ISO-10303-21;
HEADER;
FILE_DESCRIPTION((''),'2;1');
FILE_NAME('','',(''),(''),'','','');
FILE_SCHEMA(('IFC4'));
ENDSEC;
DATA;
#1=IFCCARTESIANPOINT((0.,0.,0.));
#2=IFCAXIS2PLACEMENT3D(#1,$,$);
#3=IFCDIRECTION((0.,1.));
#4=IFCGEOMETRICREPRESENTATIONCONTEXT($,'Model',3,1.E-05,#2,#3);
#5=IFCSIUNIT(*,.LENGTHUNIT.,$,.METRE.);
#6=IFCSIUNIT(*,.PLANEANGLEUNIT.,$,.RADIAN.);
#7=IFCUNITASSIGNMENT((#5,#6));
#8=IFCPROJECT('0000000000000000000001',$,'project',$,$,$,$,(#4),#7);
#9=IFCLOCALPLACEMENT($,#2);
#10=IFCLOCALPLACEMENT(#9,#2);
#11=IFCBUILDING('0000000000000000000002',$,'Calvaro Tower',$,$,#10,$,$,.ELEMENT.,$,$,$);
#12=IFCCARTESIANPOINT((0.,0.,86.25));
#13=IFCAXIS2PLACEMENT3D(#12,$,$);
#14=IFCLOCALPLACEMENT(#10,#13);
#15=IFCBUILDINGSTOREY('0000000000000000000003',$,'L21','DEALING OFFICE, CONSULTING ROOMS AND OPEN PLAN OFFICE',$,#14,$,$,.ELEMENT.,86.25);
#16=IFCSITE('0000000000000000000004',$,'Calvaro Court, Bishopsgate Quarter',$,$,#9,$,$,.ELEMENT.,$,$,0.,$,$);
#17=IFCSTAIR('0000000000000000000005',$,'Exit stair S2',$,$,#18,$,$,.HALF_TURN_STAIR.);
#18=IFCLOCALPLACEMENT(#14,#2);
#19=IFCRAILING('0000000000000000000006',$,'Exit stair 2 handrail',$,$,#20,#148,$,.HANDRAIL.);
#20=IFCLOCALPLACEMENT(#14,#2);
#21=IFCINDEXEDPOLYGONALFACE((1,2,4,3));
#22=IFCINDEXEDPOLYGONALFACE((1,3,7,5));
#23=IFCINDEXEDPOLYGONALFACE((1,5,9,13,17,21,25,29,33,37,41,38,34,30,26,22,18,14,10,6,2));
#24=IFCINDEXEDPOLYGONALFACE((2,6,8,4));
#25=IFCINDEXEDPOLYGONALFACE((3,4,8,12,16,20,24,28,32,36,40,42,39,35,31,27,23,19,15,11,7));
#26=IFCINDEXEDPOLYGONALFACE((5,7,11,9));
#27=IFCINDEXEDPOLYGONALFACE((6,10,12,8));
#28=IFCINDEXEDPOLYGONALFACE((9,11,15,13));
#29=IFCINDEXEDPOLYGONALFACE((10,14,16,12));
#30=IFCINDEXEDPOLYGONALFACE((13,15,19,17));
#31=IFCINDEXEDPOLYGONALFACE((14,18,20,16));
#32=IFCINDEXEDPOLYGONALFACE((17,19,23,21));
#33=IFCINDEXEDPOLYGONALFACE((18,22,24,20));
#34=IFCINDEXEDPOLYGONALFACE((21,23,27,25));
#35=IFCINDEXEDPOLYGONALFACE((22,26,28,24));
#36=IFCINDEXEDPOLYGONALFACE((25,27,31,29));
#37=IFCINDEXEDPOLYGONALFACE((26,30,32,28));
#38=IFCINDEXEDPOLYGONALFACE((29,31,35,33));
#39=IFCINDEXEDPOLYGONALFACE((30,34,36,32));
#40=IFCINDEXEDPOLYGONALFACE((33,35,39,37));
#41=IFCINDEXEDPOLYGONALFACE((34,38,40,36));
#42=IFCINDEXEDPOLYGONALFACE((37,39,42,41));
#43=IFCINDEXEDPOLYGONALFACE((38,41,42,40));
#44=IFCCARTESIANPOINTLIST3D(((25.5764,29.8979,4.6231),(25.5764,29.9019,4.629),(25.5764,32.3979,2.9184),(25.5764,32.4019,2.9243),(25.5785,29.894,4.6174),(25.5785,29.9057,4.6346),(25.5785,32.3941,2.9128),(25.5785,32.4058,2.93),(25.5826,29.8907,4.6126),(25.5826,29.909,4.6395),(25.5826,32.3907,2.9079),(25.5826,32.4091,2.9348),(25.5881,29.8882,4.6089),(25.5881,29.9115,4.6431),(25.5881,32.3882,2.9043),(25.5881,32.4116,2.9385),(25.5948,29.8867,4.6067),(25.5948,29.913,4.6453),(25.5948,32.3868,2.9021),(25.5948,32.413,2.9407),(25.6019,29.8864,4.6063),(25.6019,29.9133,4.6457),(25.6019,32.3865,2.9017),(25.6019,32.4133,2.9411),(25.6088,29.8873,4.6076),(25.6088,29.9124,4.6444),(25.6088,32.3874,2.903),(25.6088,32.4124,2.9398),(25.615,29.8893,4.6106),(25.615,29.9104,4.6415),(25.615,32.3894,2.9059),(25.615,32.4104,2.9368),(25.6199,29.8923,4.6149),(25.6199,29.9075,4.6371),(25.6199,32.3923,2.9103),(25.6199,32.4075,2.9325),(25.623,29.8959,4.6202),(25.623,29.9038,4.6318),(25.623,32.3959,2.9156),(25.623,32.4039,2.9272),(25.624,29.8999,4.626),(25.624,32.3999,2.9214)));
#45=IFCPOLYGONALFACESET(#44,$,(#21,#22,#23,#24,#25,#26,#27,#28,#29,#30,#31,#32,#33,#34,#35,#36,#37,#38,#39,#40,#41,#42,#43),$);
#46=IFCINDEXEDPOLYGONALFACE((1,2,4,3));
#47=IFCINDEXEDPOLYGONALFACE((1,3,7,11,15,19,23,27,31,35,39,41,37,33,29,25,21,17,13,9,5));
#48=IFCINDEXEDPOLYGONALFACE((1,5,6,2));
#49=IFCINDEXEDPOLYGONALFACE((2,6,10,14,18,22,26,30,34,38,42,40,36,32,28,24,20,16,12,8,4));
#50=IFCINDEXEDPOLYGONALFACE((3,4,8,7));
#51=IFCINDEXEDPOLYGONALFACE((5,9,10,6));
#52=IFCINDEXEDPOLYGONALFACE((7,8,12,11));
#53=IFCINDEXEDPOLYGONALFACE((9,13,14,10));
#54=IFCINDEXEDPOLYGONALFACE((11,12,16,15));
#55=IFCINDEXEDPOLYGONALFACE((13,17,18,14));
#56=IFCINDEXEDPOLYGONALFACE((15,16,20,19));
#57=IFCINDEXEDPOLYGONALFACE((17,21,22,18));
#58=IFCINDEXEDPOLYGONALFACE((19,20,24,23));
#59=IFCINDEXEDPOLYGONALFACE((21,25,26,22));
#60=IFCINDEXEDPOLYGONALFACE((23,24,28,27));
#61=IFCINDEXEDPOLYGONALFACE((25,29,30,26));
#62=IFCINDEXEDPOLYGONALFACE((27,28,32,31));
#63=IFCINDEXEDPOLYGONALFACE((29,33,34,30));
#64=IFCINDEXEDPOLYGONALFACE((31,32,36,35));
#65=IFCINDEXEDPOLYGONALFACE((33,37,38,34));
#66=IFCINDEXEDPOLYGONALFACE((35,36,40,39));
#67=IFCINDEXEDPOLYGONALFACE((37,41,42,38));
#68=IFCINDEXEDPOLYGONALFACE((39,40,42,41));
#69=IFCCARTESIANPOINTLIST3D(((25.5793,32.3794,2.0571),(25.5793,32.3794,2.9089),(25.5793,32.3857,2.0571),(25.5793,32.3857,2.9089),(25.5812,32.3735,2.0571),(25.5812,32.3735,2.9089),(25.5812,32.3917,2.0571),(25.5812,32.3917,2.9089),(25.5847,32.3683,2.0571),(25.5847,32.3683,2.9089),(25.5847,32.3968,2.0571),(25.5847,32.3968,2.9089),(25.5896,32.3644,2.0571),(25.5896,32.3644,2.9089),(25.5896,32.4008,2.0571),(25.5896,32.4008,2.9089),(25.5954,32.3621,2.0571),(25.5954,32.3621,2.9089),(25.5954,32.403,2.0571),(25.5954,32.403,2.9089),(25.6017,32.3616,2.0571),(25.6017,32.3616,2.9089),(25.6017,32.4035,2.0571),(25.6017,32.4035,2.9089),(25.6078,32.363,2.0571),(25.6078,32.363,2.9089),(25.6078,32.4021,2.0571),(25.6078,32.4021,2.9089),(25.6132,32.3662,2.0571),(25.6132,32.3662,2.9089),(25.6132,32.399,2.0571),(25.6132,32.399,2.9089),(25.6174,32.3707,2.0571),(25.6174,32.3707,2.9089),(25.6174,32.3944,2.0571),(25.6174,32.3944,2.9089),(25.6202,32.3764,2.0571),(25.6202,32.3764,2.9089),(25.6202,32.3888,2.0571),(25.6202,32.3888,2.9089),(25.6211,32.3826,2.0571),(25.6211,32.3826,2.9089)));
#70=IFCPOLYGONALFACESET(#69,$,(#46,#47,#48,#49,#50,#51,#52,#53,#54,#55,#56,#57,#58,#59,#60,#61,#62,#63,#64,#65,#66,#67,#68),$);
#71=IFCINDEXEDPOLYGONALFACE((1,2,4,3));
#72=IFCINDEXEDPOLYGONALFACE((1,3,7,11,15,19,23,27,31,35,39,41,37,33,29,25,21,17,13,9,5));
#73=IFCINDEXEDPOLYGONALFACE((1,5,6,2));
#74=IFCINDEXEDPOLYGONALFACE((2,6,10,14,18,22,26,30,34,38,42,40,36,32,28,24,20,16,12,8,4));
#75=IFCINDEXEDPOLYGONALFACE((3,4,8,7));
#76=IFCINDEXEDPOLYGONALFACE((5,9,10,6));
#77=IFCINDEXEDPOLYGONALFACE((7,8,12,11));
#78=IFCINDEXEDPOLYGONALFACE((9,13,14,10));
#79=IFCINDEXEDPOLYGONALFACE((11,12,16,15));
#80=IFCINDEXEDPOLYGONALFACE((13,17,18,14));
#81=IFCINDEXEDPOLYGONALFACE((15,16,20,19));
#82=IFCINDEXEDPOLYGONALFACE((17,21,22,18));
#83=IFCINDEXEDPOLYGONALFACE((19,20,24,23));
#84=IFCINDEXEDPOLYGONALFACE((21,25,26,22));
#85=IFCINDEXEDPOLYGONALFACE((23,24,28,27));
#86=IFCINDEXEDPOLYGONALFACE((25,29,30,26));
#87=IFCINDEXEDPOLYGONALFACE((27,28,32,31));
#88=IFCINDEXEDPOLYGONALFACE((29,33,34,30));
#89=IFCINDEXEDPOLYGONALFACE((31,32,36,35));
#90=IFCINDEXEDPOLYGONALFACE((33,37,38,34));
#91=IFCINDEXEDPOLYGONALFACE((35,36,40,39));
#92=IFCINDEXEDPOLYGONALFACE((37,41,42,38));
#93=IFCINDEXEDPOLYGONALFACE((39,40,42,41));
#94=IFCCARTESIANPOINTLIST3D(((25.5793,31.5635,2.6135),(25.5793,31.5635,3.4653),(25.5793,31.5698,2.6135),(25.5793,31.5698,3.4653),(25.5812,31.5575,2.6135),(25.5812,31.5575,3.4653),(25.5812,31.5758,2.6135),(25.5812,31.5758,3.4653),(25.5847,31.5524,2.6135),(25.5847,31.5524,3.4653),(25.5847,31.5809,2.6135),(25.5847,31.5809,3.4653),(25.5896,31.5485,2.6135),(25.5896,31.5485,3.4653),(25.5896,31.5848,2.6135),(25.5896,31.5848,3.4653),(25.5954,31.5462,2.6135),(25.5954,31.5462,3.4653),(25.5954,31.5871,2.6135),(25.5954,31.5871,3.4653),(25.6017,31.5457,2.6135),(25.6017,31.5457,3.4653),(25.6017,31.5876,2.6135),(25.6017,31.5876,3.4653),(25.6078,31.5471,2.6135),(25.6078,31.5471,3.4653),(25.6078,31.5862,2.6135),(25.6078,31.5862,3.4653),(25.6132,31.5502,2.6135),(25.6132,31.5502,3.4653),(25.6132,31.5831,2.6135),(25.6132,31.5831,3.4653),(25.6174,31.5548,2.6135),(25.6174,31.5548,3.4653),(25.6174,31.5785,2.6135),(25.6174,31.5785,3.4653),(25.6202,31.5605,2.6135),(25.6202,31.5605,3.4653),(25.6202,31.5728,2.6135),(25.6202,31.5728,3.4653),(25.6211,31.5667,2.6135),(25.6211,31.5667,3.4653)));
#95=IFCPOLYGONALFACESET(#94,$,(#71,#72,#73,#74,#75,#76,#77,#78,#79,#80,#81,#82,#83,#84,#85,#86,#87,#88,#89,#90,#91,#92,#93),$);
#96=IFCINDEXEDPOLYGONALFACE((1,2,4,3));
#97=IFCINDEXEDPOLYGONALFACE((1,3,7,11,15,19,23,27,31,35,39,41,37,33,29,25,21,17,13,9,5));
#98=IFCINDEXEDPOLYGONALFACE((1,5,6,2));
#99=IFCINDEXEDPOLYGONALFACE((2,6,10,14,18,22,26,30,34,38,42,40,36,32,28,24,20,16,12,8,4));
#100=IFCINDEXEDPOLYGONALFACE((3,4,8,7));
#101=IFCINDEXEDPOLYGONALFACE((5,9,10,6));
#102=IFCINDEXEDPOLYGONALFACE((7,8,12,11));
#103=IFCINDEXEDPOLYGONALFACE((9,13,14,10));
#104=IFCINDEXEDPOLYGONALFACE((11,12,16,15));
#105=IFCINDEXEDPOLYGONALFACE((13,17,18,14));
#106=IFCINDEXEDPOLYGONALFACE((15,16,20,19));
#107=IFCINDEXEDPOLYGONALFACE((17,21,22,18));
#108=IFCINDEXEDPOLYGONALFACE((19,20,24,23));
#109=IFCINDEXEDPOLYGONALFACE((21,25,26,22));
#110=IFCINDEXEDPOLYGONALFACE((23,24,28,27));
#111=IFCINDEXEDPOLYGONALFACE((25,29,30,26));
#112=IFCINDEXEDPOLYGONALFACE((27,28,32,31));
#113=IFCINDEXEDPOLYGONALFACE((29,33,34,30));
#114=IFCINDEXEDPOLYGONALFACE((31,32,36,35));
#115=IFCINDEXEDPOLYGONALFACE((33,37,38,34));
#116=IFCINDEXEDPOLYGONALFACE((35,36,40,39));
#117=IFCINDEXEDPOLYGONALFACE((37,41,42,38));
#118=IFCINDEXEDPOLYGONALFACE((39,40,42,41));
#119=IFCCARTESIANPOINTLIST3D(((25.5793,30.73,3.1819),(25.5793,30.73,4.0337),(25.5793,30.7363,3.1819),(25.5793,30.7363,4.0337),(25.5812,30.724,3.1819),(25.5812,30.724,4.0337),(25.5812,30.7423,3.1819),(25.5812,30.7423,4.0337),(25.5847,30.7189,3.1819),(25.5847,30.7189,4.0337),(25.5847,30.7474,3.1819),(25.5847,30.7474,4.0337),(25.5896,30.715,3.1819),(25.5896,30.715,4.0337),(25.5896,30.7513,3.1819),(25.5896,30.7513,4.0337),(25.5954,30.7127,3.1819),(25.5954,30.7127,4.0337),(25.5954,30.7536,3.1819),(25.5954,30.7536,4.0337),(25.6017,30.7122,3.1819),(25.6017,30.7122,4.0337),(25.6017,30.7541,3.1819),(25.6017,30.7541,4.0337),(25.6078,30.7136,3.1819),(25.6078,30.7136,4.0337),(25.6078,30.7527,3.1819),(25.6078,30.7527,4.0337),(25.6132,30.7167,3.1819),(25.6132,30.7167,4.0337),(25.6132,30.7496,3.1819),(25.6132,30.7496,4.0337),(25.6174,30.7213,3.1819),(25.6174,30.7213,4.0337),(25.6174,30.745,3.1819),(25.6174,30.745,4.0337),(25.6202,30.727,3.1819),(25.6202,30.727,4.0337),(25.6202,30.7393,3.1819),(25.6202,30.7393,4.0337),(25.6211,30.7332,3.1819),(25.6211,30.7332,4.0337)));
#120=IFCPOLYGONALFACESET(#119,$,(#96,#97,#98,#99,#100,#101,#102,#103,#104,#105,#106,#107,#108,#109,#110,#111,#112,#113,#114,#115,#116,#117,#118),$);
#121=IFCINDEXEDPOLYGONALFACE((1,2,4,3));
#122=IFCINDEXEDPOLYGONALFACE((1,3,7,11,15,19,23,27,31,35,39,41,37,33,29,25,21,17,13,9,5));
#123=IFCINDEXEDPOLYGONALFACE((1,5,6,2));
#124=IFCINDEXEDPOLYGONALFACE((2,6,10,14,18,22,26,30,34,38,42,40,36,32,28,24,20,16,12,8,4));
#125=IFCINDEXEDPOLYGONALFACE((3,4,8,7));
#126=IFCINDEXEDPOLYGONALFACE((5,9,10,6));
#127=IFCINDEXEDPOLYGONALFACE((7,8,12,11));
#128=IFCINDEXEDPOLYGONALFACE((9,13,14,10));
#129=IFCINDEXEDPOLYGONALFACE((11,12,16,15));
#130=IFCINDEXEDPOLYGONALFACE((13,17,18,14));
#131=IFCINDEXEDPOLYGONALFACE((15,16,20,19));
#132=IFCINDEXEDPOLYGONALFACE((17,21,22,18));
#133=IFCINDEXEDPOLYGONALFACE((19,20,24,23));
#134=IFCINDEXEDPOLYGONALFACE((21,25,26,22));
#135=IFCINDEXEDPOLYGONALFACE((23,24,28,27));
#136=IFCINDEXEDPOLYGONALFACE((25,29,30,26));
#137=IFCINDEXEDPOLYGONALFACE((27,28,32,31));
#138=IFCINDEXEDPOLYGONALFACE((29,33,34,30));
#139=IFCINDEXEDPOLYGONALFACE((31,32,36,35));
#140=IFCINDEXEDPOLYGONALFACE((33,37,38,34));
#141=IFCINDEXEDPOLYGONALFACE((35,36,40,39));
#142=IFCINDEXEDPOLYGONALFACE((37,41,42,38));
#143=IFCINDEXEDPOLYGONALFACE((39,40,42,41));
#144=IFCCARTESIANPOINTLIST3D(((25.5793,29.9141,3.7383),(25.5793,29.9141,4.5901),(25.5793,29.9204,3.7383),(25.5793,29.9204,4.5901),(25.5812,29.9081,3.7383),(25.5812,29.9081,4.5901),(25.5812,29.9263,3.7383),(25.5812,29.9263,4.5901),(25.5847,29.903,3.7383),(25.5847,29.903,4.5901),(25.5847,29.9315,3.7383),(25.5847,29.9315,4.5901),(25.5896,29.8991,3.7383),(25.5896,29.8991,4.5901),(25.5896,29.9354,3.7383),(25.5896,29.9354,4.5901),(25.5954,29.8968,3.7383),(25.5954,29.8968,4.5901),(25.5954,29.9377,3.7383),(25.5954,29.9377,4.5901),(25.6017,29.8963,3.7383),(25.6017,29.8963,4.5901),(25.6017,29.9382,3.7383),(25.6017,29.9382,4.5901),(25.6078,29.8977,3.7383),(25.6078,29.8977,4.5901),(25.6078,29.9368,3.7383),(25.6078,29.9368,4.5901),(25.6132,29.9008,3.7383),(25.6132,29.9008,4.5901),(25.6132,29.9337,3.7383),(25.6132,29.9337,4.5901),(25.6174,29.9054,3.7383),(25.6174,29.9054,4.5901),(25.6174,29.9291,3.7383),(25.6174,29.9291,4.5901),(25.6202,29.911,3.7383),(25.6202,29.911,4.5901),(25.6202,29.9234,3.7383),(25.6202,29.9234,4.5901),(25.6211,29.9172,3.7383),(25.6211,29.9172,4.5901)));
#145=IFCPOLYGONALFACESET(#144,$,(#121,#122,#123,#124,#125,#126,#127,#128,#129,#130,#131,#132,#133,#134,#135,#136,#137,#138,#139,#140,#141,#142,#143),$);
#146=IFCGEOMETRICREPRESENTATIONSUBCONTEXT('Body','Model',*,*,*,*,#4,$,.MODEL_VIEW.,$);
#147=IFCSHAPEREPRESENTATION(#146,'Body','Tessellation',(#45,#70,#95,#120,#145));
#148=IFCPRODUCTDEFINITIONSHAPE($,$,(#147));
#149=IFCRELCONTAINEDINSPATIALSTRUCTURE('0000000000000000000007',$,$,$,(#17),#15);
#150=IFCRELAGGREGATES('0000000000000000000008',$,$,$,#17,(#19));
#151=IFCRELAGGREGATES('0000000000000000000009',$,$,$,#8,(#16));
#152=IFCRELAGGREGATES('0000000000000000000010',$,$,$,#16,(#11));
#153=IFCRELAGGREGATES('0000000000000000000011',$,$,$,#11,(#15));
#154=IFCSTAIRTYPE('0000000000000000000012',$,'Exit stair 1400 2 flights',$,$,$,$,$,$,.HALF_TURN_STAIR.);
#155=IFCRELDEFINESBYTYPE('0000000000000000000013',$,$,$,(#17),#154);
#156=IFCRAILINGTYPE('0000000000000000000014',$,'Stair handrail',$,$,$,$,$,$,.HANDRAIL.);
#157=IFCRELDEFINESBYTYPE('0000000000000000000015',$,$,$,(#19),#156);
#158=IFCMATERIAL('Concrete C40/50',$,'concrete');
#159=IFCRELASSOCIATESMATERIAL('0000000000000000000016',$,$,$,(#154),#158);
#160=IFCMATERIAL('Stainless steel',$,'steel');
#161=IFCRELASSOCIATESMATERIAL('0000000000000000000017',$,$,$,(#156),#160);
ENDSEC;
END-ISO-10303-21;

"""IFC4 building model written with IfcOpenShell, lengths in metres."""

from ifc_helpers import new_model, si_unit, direction, frame, origin, origin_2d, place, context, subcontext, project, spatial, circle, extrude, material, type_object, element, aggregate, save


model = new_model("IFC4")

# Units and contexts
model_context = context("Model", 3, precision=1e-05, world=origin(), true_north=direction((0.0, 1.0)))
body_context = subcontext(model_context, "Body", "Model", "MODEL_VIEW")
ifc_project = project(units=[si_unit("LENGTHUNIT", "METRE"), si_unit("PLANEANGLEUNIT", "RADIAN")], contexts=[model_context])

# Site, building, storey
site_placement = place(None, origin())
site = spatial("IfcSite", under=ifc_project, at=site_placement, Name="Calvaro Court, Bishopsgate Quarter", CompositionType="ELEMENT", RefElevation=0.0)
building_placement = place(site_placement, origin())
building = spatial("IfcBuilding", under=site, at=building_placement, Name="Calvaro Tower", CompositionType="ELEMENT")
storey_placement = place(building_placement, frame((0.0, 0.0, 86.25)))
storey = spatial("IfcBuildingStorey", under=building, at=storey_placement, Name="L21", Description="DEALING OFFICE, CONSULTING ROOMS AND OPEN PLAN OFFICE", CompositionType="ELEMENT", Elevation=86.25)

# Stair, railing
ifc_material_1 = material(Name="Concrete C40/50", Category="concrete")
stair_type = type_object("IfcStairType", Name="Exit stair 1400 2 flights", PredefinedType="HALF_TURN_STAIR", material=ifc_material_1)
stair_placement = place(storey_placement, origin())
stair = element("IfcStair", 1, at=stair_placement, inside=storey, type_object=stair_type, Name="Exit stair S2", PredefinedType="HALF_TURN_STAIR")
ifc_material_2 = material(Name="Stainless steel", Category="steel")
railing_type = type_object("IfcRailingType", Name="Stair handrail", PredefinedType="HANDRAIL", material=ifc_material_2)
railing_1_placement = place(storey_placement, frame((25.6001, 32.3999, 2.0454)))
railing_1 = element("IfcRailing", 2, at=railing_1_placement, type_object=railing_type, Name="Exit stair 2 handrail", PredefinedType="HANDRAIL", context=body_context, shape_type="SweptSolid", body=[
    extrude(circle(Radius=0.0239, at=origin_2d()), frame((0.0, 0.0, 0.876), z_axis=(0.0, -0.826221, 0.563347), x_axis=(1.0, 0.0, 0.0)), (0.0, 0.0, 1.0), 3.0259),
    extrude(circle(Radius=0.021, at=origin_2d()), frame((0.0, -0.0173, 0.0117)), (0.0, 0.0, 1.0), 0.8518),
    extrude(circle(Radius=0.021, at=origin_2d()), frame((0.0, -0.8333, 0.5681)), (0.0, 0.0, 1.0), 0.8518),
    extrude(circle(Radius=0.021, at=origin_2d()), frame((0.0, -1.6667, 1.1365)), (0.0, 0.0, 1.0), 0.8518),
    extrude(circle(Radius=0.021, at=origin_2d()), frame((0.0, -2.4827, 1.6929)), (0.0, 0.0, 1.0), 0.8518),
])
aggregate(stair, [railing_1])

save(model, "model.ifc")
